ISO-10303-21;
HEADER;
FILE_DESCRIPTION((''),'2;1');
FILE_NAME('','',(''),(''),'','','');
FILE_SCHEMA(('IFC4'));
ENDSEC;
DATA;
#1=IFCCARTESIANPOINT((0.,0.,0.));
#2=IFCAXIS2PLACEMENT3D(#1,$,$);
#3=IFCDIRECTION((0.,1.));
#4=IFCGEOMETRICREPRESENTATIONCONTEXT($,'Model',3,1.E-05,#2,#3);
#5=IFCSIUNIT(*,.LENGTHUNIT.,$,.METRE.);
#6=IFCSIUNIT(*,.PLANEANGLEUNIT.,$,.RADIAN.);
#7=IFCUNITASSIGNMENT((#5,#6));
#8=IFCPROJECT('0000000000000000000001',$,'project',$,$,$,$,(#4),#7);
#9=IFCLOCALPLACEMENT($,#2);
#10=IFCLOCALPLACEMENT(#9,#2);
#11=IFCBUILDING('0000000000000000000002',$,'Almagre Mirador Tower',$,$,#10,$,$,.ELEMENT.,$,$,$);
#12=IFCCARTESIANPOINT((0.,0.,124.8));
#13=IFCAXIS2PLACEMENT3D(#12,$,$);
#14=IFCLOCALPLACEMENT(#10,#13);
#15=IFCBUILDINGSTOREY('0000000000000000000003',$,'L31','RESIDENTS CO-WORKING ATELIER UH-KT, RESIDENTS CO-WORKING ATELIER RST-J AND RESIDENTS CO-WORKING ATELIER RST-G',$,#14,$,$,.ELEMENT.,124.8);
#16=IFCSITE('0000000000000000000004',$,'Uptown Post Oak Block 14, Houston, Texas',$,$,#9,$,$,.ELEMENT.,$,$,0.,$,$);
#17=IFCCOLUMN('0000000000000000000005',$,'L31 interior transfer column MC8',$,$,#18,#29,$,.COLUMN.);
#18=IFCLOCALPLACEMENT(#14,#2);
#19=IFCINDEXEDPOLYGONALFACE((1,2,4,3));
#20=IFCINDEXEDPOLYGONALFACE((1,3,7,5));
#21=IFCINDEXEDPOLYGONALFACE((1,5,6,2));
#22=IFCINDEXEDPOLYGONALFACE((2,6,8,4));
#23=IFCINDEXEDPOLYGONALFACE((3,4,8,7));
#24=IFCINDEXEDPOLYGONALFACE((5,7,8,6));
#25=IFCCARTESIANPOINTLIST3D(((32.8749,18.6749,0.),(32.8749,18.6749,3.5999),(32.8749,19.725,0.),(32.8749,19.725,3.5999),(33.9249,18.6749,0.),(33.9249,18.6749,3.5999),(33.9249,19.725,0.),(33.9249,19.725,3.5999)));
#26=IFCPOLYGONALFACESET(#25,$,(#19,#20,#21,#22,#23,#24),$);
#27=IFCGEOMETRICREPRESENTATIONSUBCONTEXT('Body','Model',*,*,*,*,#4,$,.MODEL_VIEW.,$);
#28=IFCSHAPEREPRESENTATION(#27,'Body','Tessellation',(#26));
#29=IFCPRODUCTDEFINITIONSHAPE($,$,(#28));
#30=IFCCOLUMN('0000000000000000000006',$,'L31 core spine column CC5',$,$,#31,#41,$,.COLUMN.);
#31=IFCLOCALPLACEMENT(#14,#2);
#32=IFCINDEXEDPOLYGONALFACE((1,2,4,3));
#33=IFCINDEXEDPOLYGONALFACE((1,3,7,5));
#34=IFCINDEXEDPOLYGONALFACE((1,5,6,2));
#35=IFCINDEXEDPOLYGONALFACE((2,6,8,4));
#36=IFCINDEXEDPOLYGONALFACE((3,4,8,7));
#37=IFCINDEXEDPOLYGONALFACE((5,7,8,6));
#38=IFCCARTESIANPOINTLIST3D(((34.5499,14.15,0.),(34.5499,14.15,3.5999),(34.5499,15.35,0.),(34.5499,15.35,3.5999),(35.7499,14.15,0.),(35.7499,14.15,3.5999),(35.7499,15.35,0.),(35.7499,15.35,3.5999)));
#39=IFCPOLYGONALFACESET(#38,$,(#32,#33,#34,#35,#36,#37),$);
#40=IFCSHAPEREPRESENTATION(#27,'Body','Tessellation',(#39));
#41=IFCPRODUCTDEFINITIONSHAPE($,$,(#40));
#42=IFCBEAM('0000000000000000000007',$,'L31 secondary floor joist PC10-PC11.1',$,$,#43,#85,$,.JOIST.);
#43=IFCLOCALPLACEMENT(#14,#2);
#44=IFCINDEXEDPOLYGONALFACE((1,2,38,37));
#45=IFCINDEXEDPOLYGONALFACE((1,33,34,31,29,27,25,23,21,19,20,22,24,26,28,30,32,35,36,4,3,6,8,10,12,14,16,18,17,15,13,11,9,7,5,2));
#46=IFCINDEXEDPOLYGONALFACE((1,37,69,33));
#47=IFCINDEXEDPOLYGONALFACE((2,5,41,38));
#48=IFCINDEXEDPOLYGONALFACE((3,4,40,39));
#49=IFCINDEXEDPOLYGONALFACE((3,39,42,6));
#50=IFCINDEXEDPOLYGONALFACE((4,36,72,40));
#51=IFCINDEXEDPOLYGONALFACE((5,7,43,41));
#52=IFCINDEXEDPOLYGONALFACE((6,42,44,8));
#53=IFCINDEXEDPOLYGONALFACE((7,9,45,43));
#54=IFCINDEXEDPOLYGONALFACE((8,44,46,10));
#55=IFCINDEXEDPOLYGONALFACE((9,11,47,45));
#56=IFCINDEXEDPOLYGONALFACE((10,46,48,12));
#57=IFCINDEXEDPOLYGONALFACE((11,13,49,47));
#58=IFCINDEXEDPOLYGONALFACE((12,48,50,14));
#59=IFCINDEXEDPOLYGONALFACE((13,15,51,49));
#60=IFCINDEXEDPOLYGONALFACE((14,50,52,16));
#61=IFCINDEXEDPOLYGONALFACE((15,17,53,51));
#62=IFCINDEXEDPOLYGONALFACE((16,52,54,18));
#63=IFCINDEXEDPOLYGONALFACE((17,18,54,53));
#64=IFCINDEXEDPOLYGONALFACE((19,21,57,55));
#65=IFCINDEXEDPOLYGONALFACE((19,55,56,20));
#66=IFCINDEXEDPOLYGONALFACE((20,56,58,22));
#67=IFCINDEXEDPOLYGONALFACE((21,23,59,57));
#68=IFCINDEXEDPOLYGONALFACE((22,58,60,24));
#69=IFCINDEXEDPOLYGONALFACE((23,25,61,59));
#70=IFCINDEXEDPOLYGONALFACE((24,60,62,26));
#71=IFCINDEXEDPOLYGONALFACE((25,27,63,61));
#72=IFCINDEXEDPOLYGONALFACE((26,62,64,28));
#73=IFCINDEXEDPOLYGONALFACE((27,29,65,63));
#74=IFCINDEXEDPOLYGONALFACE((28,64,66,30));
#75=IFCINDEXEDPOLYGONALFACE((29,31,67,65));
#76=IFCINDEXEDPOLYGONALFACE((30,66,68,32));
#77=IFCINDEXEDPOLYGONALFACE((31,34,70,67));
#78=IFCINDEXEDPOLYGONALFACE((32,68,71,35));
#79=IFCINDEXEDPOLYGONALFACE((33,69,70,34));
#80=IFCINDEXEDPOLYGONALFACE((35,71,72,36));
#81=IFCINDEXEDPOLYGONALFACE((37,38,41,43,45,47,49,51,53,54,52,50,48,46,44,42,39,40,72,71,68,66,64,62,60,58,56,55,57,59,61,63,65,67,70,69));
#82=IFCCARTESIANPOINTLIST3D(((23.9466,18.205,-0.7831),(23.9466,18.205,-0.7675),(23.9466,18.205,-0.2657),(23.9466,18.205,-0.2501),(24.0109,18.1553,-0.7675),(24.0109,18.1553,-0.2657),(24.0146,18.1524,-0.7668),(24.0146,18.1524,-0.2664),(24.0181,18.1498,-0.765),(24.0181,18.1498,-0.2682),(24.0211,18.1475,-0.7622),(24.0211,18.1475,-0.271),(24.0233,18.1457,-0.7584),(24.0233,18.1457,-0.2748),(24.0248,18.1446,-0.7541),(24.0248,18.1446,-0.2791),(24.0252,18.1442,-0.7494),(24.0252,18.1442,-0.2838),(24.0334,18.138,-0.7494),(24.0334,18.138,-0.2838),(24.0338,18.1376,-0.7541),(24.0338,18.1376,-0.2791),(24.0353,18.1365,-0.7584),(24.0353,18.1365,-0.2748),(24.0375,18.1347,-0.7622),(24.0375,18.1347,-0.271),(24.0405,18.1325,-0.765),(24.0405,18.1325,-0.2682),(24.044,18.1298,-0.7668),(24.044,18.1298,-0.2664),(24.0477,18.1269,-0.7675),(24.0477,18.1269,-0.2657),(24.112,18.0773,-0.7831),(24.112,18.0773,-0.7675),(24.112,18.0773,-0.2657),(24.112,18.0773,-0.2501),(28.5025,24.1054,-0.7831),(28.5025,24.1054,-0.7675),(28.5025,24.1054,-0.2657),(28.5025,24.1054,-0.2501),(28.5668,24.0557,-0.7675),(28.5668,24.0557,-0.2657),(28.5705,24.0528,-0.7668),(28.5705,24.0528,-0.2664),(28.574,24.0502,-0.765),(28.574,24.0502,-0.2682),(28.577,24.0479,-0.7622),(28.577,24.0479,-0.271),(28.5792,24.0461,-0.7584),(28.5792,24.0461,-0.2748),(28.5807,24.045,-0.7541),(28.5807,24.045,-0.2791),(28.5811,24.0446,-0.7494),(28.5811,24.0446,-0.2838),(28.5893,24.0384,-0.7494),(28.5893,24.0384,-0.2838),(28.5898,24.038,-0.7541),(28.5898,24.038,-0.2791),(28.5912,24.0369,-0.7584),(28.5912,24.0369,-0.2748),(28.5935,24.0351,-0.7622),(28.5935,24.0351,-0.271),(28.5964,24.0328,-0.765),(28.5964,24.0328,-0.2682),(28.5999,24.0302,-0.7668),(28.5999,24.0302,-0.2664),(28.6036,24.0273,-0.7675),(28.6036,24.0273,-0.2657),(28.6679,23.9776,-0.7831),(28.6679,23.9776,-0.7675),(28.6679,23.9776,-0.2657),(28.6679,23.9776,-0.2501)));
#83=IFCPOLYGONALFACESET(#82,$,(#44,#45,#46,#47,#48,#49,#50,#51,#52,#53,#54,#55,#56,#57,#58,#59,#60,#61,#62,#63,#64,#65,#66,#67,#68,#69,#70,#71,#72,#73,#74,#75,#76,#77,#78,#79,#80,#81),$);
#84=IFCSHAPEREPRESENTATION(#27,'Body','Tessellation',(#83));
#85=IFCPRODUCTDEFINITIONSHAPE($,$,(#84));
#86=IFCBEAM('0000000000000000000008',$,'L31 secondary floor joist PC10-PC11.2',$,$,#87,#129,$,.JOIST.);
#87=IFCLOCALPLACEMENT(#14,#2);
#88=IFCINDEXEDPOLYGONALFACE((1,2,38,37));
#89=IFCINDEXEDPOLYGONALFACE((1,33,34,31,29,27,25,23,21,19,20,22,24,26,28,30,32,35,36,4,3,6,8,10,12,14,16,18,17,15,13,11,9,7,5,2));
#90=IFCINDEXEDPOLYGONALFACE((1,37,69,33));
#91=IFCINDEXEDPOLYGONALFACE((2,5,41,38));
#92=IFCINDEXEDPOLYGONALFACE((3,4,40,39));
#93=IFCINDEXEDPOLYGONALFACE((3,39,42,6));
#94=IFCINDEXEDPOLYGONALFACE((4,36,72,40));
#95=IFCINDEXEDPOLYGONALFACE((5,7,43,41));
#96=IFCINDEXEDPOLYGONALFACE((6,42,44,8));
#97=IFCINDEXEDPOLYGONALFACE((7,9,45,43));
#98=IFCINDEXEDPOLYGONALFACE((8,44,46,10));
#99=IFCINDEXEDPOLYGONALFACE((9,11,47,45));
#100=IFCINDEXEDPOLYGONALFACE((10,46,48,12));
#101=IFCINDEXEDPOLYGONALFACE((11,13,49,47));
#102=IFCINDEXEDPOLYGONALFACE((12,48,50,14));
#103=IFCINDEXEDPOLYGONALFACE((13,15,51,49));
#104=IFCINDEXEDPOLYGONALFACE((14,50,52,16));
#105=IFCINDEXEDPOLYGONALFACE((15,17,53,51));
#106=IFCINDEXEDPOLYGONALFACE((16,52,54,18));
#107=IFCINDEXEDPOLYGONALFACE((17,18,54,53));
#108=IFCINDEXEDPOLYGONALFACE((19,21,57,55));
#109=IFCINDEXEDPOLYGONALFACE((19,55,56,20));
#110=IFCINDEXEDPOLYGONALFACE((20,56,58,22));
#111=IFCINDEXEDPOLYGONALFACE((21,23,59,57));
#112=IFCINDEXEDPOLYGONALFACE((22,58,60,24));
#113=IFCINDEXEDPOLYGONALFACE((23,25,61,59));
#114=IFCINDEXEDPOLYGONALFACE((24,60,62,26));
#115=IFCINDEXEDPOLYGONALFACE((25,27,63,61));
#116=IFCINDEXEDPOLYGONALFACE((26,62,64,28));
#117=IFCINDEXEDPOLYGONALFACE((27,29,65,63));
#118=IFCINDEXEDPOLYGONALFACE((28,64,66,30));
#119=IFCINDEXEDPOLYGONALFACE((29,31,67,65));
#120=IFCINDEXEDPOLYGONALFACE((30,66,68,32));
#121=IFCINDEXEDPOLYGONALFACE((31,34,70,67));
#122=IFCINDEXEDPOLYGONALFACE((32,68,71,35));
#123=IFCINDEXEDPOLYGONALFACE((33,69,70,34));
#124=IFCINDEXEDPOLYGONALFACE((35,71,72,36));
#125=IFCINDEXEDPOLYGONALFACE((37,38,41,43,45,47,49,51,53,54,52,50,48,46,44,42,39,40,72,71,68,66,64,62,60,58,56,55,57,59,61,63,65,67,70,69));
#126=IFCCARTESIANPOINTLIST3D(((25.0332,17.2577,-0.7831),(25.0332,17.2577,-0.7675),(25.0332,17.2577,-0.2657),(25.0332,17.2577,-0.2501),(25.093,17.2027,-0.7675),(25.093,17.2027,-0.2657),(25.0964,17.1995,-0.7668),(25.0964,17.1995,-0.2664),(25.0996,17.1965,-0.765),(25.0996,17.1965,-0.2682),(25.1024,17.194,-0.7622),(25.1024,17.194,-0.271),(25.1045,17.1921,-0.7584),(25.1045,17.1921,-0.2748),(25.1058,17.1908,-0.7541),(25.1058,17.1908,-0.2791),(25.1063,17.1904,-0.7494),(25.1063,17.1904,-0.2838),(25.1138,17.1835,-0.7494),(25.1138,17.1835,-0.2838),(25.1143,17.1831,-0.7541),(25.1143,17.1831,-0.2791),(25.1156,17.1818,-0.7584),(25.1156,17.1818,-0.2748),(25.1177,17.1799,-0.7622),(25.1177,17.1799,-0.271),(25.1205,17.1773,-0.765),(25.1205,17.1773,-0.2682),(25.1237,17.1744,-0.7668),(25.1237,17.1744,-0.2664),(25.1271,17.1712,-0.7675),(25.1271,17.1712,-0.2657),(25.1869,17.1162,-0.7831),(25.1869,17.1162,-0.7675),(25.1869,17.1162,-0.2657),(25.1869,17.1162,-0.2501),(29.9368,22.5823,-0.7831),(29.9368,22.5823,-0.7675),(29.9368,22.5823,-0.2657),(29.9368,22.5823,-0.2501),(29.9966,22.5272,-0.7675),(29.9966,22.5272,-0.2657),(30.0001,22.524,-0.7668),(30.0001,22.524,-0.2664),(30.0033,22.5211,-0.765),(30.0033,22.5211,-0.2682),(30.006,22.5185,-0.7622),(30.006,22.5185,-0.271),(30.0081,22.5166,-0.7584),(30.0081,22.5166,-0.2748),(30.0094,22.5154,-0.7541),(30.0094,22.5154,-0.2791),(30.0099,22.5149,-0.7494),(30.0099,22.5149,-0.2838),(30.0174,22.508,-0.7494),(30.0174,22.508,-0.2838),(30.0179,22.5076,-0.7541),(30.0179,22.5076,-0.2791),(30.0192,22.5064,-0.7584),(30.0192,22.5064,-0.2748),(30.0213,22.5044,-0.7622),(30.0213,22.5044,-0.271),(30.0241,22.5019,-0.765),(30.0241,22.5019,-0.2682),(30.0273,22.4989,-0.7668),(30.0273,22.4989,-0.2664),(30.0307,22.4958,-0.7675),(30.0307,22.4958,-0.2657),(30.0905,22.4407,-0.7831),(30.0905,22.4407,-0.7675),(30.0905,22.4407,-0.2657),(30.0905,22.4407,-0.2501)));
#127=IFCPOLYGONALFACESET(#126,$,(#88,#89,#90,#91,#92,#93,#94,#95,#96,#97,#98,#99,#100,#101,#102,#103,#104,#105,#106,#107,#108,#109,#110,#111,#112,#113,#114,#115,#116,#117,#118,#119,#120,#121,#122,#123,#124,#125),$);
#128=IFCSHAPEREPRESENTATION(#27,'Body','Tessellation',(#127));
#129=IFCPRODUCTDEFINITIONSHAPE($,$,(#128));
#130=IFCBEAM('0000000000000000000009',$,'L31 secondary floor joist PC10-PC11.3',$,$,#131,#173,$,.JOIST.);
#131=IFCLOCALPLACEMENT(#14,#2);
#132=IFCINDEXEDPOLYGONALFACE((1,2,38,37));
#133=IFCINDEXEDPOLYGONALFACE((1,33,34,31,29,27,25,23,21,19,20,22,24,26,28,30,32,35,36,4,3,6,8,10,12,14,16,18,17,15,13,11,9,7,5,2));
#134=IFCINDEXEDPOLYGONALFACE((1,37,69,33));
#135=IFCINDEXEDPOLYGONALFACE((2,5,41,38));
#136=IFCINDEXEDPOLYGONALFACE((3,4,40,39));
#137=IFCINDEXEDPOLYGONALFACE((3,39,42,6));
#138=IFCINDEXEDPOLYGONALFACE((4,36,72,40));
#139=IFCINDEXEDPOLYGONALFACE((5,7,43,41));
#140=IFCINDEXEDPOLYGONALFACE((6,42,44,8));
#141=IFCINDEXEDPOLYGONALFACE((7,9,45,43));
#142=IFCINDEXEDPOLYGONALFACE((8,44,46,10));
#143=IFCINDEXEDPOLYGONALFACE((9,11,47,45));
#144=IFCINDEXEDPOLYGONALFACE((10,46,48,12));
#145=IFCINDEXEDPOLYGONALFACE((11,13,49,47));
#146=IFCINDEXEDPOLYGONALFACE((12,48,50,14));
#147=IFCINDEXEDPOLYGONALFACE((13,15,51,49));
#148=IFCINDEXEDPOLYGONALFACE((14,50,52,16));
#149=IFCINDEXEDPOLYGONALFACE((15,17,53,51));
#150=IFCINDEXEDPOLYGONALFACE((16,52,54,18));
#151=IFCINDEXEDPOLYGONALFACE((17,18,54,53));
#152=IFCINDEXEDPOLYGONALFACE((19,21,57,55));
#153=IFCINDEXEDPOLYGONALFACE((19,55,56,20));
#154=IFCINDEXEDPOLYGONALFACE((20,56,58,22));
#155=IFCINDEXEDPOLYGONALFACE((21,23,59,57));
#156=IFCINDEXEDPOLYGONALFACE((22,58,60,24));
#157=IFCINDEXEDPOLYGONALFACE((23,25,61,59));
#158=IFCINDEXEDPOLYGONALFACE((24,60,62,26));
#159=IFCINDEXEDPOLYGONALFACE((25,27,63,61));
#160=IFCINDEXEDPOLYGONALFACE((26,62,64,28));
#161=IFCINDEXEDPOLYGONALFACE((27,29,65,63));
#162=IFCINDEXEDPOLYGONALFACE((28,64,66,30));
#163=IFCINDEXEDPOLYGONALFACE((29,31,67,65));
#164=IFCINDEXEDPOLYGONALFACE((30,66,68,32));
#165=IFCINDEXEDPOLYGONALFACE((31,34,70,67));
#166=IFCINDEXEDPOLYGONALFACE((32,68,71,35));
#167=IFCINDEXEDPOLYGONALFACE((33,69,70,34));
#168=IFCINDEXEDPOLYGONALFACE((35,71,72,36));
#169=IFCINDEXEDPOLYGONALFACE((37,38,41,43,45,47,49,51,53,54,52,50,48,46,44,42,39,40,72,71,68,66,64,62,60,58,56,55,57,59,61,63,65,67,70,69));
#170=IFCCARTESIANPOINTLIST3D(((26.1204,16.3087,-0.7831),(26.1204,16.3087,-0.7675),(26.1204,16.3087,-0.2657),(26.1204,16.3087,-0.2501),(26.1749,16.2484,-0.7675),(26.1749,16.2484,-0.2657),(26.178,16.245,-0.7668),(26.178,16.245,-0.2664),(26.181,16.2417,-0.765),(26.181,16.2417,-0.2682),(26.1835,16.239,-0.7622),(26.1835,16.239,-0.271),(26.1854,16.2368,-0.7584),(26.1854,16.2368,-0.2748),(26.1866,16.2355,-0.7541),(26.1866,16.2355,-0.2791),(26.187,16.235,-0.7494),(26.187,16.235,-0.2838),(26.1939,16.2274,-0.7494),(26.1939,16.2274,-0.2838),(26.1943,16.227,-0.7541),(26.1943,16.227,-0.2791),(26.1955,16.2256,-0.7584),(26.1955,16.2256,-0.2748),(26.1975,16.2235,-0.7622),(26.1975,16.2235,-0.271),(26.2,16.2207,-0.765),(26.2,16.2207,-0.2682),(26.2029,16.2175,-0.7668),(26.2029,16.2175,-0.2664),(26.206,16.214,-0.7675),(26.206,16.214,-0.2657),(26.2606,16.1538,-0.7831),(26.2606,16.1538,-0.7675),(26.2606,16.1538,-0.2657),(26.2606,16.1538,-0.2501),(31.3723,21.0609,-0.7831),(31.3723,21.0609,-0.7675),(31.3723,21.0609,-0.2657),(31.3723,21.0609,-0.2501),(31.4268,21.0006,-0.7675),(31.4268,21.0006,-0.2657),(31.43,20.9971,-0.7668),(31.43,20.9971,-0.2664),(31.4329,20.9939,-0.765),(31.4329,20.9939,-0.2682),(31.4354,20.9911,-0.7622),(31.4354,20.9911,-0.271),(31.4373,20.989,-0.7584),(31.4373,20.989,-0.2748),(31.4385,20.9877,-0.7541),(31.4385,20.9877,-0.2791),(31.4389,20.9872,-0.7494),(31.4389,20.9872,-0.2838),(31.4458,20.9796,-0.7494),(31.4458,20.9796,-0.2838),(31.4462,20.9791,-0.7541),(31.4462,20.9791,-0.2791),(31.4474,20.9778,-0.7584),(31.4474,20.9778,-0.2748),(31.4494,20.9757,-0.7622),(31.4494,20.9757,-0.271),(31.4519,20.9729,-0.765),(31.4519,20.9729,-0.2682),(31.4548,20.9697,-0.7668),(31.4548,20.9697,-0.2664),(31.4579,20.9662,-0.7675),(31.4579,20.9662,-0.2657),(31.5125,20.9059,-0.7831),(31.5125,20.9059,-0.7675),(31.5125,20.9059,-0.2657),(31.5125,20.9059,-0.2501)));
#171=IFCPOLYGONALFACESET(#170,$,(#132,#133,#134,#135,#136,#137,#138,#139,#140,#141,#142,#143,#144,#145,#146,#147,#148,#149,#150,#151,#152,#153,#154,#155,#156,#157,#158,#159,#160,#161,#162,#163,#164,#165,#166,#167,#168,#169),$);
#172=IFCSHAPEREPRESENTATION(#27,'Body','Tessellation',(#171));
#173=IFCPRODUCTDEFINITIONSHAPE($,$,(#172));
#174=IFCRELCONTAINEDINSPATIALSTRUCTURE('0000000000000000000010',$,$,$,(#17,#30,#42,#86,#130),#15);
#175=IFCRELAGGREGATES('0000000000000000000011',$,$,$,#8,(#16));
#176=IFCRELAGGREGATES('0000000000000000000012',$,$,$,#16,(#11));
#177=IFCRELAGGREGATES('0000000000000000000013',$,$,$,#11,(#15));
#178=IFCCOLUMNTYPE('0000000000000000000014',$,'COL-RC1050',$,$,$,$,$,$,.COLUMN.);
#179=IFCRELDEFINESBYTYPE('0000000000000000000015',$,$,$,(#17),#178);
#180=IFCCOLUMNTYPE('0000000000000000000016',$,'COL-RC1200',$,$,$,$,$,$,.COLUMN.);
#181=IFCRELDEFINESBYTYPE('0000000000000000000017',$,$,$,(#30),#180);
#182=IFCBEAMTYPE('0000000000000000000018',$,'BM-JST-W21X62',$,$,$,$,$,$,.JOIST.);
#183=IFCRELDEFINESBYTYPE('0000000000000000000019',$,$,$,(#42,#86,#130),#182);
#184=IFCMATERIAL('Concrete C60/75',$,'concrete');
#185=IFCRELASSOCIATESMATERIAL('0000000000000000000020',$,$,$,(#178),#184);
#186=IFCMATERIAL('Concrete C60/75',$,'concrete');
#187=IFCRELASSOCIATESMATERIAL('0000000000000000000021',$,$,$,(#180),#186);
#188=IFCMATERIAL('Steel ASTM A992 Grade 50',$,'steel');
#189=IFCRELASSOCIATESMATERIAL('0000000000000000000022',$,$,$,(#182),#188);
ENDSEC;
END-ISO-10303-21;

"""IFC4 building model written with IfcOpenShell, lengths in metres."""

from ifc_helpers import new_model, si_unit, direction, frame, origin, origin_2d, place, context, subcontext, project, spatial, rectangle, i_section, extrude, material, material_profile, profile_set, type_object, element, save


model = new_model("IFC4")

# Units and contexts
model_context = context("Model", 3, precision=1e-05, world=origin(), true_north=direction((0.0, 1.0)))
body_context = subcontext(model_context, "Body", "Model", "MODEL_VIEW")
ifc_project = project(units=[si_unit("LENGTHUNIT", "METRE"), si_unit("PLANEANGLEUNIT", "RADIAN")], contexts=[model_context])

# Site, building, storey
site_placement = place(None, origin())
site = spatial("IfcSite", under=ifc_project, at=site_placement, Name="Uptown Post Oak Block 14, Houston, Texas", CompositionType="ELEMENT", RefElevation=0.0)
building_placement = place(site_placement, origin())
building = spatial("IfcBuilding", under=site, at=building_placement, Name="Almagre Mirador Tower", CompositionType="ELEMENT")
storey_placement = place(building_placement, frame((0.0, 0.0, 124.8)))
storey = spatial("IfcBuildingStorey", under=building, at=storey_placement, Name="L31", Description="RESIDENTS CO-WORKING ATELIER UH-KT, RESIDENTS CO-WORKING ATELIER RST-J AND RESIDENTS CO-WORKING ATELIER RST-G", CompositionType="ELEMENT", Elevation=124.8)

# Columns
ifc_material_1 = material(Name="Concrete C60/75", Category="concrete")
ifc_material_profile_1 = material_profile(ifc_material_1, rectangle(XDim=1.05, YDim=1.05, at=origin_2d()), Name="RC1050X1050")
ifc_profile_set_1 = profile_set([ifc_material_profile_1], Name="Concrete C60/75")
column_type_1 = type_object("IfcColumnType", Name="COL-RC1050", PredefinedType="COLUMN", material=ifc_profile_set_1)
column_1_placement = place(storey_placement, frame((33.3999, 19.2, 0.0), z_axis=(0.0, 0.0, 1.0), x_axis=(1.0, 0.0, 0.0)))
element("IfcColumn", 1, at=column_1_placement, inside=storey, type_object=column_type_1, Name="L31 interior transfer column MC8", PredefinedType="COLUMN", context=body_context, shape_type="SweptSolid", body=[
    extrude(rectangle(XDim=1.05, YDim=1.05, at=origin_2d()), origin(), (0.0, 0.0, 1.0), 3.5999),
])
ifc_material_2 = material(Name="Concrete C60/75", Category="concrete")
ifc_material_profile_2 = material_profile(ifc_material_2, rectangle(XDim=1.2, YDim=1.2, at=origin_2d()), Name="RC1200X1200")
ifc_profile_set_2 = profile_set([ifc_material_profile_2], Name="Concrete C60/75")
column_type_2 = type_object("IfcColumnType", Name="COL-RC1200", PredefinedType="COLUMN", material=ifc_profile_set_2)
column_2_placement = place(storey_placement, frame((35.1499, 14.75, 0.0), z_axis=(0.0, 0.0, 1.0), x_axis=(1.0, 0.0, 0.0)))
element("IfcColumn", 2, at=column_2_placement, inside=storey, type_object=column_type_2, Name="L31 core spine column CC5", PredefinedType="COLUMN", context=body_context, shape_type="SweptSolid", body=[
    extrude(rectangle(XDim=1.2, YDim=1.2, at=origin_2d()), origin(), (0.0, 0.0, 1.0), 3.5999),
])

# Beams
ifc_material_3 = material(Name="Steel ASTM A992 Grade 50", Category="steel")
ifc_material_profile_3 = material_profile(ifc_material_3, i_section(OverallWidth=0.209, OverallDepth=0.533, WebThickness=0.0103, FlangeThickness=0.0156, FilletRadius=0.0181, at=origin_2d()), Name="W21X62")
ifc_profile_set_3 = profile_set([ifc_material_profile_3], Name="Steel ASTM A992 Grade 50")
beam_type_1 = type_object("IfcBeamType", Name="BM-JST-W21X62", PredefinedType="JOIST", material=ifc_profile_set_3)
beam_1_placement = place(storey_placement, frame((28.5852, 24.0415, -0.5166), z_axis=(-0.611155, -0.791511, 0.0), x_axis=(0.791511, -0.611155, 0.0)))
element("IfcBeam", 3, at=beam_1_placement, inside=storey, type_object=beam_type_1, Name="L31 secondary floor joist PC10-PC11.1", PredefinedType="JOIST", context=body_context, shape_type="SweptSolid", body=[
    extrude(i_section(OverallWidth=0.209, OverallDepth=0.533, WebThickness=0.0103, FlangeThickness=0.0156, FilletRadius=0.0181, at=origin_2d()), origin(), (0.0, 0.0, 1.0), 7.4546),
])
beam_2_placement = place(storey_placement, frame((30.0137, 22.5115, -0.5166), z_axis=(-0.677435, -0.735583, 0.0), x_axis=(0.735583, -0.677435, 0.0)))
element("IfcBeam", 4, at=beam_2_placement, inside=storey, type_object=beam_type_1, Name="L31 secondary floor joist PC10-PC11.2", PredefinedType="JOIST", context=body_context, shape_type="SweptSolid", body=[
    extrude(i_section(OverallWidth=0.209, OverallDepth=0.533, WebThickness=0.0103, FlangeThickness=0.0156, FilletRadius=0.0181, at=origin_2d()), origin(), (0.0, 0.0, 1.0), 7.2385),
])
beam_3_placement = place(storey_placement, frame((31.4424, 20.9834, -0.5166), z_axis=(-0.741506, -0.670947, 0.0), x_axis=(0.670947, -0.741506, 0.0)))
element("IfcBeam", 5, at=beam_3_placement, inside=storey, type_object=beam_type_1, Name="L31 secondary floor joist PC10-PC11.3", PredefinedType="JOIST", context=body_context, shape_type="SweptSolid", body=[
    extrude(i_section(OverallWidth=0.209, OverallDepth=0.533, WebThickness=0.0103, FlangeThickness=0.0156, FilletRadius=0.0181, at=origin_2d()), origin(), (0.0, 0.0, 1.0), 7.0828),
])

save(model, "model.ifc")
